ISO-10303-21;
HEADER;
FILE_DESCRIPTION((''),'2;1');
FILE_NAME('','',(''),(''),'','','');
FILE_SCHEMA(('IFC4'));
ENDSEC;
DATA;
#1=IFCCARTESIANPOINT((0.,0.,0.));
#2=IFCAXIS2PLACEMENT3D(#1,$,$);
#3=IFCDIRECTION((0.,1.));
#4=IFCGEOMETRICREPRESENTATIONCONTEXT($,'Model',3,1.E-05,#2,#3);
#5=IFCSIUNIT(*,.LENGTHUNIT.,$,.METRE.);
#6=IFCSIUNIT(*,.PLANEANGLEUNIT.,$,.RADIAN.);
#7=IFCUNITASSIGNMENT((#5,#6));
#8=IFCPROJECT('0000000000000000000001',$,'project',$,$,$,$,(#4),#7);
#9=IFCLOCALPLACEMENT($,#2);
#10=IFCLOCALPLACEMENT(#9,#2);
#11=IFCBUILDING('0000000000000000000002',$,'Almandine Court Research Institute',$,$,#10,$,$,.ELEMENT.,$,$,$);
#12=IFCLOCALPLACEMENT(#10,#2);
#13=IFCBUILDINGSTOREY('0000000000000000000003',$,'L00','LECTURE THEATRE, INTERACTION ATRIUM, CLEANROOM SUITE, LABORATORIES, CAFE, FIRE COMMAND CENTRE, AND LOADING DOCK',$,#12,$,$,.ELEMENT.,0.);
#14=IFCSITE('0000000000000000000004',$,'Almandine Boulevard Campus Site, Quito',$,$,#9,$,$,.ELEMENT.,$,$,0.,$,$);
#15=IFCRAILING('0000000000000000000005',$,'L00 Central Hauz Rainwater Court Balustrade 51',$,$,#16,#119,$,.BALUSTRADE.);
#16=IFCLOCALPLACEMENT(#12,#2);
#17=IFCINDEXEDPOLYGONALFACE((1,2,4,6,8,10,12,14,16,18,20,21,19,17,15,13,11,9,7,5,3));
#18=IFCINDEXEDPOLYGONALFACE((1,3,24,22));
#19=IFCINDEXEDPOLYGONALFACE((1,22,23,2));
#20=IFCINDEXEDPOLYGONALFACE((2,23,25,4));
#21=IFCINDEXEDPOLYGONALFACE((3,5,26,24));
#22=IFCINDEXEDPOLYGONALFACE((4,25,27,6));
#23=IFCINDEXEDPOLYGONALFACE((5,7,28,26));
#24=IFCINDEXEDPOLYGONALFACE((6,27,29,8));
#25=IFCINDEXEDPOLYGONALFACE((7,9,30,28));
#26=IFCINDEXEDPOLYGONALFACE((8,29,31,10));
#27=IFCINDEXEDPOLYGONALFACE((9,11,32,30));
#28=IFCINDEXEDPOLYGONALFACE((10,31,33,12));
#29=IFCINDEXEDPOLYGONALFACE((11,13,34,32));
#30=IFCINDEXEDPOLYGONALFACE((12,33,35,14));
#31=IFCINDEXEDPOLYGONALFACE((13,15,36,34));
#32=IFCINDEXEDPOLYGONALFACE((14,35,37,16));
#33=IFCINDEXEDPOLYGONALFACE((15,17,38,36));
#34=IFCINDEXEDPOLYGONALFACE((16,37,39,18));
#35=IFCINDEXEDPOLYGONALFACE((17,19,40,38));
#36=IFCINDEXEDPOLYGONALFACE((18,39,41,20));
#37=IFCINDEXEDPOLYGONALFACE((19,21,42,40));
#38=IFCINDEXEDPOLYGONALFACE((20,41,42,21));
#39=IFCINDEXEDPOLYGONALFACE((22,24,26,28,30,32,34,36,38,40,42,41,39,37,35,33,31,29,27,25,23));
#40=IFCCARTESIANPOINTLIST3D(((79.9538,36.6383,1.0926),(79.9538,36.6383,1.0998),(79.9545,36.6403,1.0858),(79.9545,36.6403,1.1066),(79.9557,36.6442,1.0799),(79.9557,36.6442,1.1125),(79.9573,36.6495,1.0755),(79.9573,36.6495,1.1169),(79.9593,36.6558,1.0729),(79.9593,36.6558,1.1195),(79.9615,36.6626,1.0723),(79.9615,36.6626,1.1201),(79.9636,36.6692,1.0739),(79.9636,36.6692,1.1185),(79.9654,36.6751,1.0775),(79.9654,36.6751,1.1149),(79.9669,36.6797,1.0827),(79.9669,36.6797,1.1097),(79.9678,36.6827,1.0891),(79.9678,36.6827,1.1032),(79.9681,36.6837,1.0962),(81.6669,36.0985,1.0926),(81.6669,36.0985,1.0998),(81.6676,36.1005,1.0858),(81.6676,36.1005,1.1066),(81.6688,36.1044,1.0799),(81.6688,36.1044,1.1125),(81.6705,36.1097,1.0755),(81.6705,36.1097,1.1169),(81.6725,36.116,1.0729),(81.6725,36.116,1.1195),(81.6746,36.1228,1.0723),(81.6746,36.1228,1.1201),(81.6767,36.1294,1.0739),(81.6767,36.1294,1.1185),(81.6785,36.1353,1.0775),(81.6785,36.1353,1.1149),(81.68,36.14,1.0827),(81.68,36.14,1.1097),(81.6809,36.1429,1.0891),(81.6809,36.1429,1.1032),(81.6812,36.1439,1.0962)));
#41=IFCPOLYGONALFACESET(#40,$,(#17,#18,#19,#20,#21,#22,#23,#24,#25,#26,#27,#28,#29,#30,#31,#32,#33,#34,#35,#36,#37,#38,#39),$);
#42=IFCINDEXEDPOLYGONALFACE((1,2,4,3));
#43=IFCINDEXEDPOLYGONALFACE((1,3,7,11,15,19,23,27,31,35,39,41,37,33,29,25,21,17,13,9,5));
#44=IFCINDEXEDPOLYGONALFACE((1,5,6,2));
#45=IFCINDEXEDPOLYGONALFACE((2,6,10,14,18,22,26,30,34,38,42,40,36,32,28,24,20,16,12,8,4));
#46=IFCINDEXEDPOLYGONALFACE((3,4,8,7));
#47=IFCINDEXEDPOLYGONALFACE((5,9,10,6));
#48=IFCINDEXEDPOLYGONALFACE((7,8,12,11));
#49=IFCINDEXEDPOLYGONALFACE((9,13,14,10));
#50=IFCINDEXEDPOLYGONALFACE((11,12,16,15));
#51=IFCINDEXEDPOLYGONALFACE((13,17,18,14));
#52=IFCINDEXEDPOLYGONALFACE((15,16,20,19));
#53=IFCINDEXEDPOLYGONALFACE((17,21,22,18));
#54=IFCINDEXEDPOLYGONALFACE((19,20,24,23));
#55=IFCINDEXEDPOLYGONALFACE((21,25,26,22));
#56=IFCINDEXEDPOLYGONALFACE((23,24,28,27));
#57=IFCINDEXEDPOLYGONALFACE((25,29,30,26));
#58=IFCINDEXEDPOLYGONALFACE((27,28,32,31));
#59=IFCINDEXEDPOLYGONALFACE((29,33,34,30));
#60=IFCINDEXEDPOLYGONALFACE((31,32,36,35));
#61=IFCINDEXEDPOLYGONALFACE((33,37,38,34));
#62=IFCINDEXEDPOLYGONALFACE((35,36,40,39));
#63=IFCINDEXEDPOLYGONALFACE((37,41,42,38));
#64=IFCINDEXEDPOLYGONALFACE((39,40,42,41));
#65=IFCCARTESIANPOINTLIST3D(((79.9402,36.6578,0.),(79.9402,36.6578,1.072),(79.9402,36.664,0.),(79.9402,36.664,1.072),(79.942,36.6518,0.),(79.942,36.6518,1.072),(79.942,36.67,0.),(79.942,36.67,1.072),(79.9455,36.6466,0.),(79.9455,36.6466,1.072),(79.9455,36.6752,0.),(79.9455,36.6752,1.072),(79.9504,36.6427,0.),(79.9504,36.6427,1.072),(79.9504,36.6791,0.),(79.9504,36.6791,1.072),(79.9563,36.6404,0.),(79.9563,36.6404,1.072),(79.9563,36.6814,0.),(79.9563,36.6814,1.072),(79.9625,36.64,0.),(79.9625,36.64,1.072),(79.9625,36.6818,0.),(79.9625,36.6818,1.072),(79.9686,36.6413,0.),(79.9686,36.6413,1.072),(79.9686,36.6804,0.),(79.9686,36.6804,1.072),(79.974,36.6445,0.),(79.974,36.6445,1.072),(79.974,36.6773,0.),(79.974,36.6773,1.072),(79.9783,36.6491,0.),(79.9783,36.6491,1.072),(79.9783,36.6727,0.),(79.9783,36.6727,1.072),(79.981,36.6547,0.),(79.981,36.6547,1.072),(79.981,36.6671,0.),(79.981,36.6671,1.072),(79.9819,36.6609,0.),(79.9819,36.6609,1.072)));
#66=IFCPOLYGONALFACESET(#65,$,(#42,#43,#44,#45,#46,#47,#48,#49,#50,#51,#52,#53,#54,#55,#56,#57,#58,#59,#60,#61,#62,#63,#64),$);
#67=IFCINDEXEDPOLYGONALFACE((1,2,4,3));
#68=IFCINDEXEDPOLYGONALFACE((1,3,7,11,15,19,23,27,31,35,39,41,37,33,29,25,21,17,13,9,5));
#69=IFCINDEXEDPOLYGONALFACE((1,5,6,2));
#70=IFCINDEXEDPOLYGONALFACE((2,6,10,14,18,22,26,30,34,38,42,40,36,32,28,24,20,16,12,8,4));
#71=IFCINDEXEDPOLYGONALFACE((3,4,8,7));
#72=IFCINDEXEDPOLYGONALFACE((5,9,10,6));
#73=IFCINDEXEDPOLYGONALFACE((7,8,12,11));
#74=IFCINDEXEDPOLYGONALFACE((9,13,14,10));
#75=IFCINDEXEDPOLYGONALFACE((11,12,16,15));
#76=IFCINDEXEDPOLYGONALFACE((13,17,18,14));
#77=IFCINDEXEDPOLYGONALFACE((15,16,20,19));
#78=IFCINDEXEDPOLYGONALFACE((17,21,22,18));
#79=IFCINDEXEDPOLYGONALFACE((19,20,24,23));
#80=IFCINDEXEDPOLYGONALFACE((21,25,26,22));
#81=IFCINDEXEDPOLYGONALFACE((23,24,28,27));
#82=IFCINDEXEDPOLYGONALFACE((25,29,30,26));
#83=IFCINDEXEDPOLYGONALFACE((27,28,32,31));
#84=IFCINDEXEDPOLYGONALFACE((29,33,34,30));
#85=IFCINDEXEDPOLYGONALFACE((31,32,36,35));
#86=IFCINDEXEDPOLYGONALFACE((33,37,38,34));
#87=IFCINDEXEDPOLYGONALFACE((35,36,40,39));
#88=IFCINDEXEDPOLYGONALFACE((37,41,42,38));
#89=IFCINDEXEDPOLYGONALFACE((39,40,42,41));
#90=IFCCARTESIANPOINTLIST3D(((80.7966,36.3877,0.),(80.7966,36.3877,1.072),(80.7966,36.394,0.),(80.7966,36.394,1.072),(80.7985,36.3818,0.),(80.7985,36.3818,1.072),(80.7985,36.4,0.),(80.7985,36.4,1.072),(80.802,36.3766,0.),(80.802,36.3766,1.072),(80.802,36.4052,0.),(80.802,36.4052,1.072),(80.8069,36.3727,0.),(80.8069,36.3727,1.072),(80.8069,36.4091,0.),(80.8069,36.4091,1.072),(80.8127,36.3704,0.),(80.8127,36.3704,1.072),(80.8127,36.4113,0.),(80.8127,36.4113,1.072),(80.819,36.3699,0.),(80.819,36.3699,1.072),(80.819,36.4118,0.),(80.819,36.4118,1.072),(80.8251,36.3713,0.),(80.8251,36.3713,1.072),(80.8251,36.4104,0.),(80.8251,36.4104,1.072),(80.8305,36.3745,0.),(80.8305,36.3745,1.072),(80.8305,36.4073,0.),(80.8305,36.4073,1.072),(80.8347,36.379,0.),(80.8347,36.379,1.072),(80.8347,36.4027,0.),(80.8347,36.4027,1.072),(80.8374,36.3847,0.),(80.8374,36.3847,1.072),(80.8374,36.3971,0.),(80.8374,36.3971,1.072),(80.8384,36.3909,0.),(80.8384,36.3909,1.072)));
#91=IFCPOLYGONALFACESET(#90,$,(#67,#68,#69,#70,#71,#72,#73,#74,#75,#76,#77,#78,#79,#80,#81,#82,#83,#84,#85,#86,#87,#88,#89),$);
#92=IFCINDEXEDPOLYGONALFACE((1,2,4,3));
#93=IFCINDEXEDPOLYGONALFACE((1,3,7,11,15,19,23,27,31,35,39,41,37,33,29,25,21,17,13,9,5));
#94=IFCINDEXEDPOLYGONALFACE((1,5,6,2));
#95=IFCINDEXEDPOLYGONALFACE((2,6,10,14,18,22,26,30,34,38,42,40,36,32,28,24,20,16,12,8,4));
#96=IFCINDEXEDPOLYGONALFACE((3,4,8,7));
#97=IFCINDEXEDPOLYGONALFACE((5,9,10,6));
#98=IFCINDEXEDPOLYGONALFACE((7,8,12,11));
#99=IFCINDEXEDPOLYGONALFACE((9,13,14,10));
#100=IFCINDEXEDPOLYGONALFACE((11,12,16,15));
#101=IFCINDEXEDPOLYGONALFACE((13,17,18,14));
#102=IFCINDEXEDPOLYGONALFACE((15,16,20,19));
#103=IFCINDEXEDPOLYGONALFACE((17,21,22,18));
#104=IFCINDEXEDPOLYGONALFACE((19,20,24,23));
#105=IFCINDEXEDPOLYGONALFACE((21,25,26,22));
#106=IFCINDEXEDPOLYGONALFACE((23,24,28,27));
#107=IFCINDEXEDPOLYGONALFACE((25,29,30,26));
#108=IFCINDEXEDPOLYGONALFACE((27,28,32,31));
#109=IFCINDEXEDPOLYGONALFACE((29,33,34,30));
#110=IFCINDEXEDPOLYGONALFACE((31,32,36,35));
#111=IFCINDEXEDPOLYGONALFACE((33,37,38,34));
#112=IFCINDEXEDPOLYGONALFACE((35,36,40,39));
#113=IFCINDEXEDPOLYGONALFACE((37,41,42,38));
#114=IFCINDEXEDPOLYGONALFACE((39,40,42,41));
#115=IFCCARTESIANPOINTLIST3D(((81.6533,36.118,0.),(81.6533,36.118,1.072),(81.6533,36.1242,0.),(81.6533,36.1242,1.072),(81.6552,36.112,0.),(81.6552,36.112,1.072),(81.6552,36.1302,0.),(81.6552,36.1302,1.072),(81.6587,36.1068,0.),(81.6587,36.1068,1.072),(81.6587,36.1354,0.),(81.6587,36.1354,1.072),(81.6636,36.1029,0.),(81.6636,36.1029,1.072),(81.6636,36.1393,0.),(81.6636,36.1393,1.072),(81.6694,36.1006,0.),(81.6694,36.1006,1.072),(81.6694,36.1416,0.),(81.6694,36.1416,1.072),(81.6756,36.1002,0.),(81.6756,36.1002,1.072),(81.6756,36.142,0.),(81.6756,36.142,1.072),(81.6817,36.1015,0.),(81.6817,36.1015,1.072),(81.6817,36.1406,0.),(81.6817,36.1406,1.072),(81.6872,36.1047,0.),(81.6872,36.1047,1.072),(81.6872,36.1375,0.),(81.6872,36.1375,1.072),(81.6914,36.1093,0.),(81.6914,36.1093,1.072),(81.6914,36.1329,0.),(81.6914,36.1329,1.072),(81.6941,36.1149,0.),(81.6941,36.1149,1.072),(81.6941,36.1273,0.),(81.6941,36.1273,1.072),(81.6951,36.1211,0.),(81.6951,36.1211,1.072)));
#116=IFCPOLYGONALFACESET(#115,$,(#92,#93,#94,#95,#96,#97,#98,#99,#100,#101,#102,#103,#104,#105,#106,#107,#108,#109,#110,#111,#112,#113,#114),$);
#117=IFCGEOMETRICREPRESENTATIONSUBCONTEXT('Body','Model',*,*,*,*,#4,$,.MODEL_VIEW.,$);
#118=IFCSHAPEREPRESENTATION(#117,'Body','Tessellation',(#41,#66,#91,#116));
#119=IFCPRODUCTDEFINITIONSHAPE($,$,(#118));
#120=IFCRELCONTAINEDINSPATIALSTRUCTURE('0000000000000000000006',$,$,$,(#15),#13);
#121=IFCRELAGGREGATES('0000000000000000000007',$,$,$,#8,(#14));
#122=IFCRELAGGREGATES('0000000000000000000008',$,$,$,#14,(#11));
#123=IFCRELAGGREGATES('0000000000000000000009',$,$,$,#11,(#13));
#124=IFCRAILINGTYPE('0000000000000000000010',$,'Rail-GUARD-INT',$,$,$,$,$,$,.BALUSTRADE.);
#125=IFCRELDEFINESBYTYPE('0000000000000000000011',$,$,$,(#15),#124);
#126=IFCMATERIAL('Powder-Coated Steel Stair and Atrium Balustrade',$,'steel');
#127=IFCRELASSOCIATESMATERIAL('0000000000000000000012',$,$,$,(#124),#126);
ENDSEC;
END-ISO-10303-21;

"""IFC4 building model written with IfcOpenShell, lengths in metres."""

from ifc_helpers import new_model, si_unit, direction, frame, origin, origin_2d, place, context, subcontext, project, spatial, circle, extrude, material, type_object, element, save


model = new_model("IFC4")

# Units and contexts
model_context = context("Model", 3, precision=1e-05, world=origin(), true_north=direction((0.0, 1.0)))
body_context = subcontext(model_context, "Body", "Model", "MODEL_VIEW")
ifc_project = project(units=[si_unit("LENGTHUNIT", "METRE"), si_unit("PLANEANGLEUNIT", "RADIAN")], contexts=[model_context])

# Site, building, storey
site_placement = place(None, origin())
site = spatial("IfcSite", under=ifc_project, at=site_placement, Name="Almandine Boulevard Campus Site, Quito", CompositionType="ELEMENT", RefElevation=0.0)
building_placement = place(site_placement, origin())
building = spatial("IfcBuilding", under=site, at=building_placement, Name="Almandine Court Research Institute", CompositionType="ELEMENT")
storey_placement = place(building_placement, origin())
storey = spatial("IfcBuildingStorey", under=building, at=storey_placement, Name="L00", Description="LECTURE THEATRE, INTERACTION ATRIUM, CLEANROOM SUITE, LABORATORIES, CAFE, FIRE COMMAND CENTRE, AND LOADING DOCK", CompositionType="ELEMENT", Elevation=0.0)

# Railing
ifc_material_1 = material(Name="Powder-Coated Steel Stair and Atrium Balustrade", Category="steel")
railing_type = type_object("IfcRailingType", Name="Rail-GUARD-INT", PredefinedType="BALUSTRADE", material=ifc_material_1)
railing_1_placement = place(storey_placement, frame((79.9609, 36.6609, 0.0)))
element("IfcRailing", 1, at=railing_1_placement, inside=storey, type_object=railing_type, Name="L00 Central Hauz Rainwater Court Balustrade 51", PredefinedType="BALUSTRADE", context=body_context, shape_type="SweptSolid", body=[
    extrude(circle(Radius=0.0239, at=origin_2d()), frame((0.0, 0.0, 1.0962), z_axis=(0.953774, -0.300526, 0.0), x_axis=(0.300526, 0.953774, 0.0)), (0.0, 0.0, 1.0), 1.7961),
    extrude(circle(Radius=0.021, at=origin_2d()), origin(), (0.0, 0.0, 1.0), 1.072),
    extrude(circle(Radius=0.021, at=origin_2d()), frame((0.8564, -0.27, 0.0)), (0.0, 0.0, 1.0), 1.072),
    extrude(circle(Radius=0.021, at=origin_2d()), frame((1.7131, -0.5398, 0.0)), (0.0, 0.0, 1.0), 1.072),
])

save(model, "model.ifc")
